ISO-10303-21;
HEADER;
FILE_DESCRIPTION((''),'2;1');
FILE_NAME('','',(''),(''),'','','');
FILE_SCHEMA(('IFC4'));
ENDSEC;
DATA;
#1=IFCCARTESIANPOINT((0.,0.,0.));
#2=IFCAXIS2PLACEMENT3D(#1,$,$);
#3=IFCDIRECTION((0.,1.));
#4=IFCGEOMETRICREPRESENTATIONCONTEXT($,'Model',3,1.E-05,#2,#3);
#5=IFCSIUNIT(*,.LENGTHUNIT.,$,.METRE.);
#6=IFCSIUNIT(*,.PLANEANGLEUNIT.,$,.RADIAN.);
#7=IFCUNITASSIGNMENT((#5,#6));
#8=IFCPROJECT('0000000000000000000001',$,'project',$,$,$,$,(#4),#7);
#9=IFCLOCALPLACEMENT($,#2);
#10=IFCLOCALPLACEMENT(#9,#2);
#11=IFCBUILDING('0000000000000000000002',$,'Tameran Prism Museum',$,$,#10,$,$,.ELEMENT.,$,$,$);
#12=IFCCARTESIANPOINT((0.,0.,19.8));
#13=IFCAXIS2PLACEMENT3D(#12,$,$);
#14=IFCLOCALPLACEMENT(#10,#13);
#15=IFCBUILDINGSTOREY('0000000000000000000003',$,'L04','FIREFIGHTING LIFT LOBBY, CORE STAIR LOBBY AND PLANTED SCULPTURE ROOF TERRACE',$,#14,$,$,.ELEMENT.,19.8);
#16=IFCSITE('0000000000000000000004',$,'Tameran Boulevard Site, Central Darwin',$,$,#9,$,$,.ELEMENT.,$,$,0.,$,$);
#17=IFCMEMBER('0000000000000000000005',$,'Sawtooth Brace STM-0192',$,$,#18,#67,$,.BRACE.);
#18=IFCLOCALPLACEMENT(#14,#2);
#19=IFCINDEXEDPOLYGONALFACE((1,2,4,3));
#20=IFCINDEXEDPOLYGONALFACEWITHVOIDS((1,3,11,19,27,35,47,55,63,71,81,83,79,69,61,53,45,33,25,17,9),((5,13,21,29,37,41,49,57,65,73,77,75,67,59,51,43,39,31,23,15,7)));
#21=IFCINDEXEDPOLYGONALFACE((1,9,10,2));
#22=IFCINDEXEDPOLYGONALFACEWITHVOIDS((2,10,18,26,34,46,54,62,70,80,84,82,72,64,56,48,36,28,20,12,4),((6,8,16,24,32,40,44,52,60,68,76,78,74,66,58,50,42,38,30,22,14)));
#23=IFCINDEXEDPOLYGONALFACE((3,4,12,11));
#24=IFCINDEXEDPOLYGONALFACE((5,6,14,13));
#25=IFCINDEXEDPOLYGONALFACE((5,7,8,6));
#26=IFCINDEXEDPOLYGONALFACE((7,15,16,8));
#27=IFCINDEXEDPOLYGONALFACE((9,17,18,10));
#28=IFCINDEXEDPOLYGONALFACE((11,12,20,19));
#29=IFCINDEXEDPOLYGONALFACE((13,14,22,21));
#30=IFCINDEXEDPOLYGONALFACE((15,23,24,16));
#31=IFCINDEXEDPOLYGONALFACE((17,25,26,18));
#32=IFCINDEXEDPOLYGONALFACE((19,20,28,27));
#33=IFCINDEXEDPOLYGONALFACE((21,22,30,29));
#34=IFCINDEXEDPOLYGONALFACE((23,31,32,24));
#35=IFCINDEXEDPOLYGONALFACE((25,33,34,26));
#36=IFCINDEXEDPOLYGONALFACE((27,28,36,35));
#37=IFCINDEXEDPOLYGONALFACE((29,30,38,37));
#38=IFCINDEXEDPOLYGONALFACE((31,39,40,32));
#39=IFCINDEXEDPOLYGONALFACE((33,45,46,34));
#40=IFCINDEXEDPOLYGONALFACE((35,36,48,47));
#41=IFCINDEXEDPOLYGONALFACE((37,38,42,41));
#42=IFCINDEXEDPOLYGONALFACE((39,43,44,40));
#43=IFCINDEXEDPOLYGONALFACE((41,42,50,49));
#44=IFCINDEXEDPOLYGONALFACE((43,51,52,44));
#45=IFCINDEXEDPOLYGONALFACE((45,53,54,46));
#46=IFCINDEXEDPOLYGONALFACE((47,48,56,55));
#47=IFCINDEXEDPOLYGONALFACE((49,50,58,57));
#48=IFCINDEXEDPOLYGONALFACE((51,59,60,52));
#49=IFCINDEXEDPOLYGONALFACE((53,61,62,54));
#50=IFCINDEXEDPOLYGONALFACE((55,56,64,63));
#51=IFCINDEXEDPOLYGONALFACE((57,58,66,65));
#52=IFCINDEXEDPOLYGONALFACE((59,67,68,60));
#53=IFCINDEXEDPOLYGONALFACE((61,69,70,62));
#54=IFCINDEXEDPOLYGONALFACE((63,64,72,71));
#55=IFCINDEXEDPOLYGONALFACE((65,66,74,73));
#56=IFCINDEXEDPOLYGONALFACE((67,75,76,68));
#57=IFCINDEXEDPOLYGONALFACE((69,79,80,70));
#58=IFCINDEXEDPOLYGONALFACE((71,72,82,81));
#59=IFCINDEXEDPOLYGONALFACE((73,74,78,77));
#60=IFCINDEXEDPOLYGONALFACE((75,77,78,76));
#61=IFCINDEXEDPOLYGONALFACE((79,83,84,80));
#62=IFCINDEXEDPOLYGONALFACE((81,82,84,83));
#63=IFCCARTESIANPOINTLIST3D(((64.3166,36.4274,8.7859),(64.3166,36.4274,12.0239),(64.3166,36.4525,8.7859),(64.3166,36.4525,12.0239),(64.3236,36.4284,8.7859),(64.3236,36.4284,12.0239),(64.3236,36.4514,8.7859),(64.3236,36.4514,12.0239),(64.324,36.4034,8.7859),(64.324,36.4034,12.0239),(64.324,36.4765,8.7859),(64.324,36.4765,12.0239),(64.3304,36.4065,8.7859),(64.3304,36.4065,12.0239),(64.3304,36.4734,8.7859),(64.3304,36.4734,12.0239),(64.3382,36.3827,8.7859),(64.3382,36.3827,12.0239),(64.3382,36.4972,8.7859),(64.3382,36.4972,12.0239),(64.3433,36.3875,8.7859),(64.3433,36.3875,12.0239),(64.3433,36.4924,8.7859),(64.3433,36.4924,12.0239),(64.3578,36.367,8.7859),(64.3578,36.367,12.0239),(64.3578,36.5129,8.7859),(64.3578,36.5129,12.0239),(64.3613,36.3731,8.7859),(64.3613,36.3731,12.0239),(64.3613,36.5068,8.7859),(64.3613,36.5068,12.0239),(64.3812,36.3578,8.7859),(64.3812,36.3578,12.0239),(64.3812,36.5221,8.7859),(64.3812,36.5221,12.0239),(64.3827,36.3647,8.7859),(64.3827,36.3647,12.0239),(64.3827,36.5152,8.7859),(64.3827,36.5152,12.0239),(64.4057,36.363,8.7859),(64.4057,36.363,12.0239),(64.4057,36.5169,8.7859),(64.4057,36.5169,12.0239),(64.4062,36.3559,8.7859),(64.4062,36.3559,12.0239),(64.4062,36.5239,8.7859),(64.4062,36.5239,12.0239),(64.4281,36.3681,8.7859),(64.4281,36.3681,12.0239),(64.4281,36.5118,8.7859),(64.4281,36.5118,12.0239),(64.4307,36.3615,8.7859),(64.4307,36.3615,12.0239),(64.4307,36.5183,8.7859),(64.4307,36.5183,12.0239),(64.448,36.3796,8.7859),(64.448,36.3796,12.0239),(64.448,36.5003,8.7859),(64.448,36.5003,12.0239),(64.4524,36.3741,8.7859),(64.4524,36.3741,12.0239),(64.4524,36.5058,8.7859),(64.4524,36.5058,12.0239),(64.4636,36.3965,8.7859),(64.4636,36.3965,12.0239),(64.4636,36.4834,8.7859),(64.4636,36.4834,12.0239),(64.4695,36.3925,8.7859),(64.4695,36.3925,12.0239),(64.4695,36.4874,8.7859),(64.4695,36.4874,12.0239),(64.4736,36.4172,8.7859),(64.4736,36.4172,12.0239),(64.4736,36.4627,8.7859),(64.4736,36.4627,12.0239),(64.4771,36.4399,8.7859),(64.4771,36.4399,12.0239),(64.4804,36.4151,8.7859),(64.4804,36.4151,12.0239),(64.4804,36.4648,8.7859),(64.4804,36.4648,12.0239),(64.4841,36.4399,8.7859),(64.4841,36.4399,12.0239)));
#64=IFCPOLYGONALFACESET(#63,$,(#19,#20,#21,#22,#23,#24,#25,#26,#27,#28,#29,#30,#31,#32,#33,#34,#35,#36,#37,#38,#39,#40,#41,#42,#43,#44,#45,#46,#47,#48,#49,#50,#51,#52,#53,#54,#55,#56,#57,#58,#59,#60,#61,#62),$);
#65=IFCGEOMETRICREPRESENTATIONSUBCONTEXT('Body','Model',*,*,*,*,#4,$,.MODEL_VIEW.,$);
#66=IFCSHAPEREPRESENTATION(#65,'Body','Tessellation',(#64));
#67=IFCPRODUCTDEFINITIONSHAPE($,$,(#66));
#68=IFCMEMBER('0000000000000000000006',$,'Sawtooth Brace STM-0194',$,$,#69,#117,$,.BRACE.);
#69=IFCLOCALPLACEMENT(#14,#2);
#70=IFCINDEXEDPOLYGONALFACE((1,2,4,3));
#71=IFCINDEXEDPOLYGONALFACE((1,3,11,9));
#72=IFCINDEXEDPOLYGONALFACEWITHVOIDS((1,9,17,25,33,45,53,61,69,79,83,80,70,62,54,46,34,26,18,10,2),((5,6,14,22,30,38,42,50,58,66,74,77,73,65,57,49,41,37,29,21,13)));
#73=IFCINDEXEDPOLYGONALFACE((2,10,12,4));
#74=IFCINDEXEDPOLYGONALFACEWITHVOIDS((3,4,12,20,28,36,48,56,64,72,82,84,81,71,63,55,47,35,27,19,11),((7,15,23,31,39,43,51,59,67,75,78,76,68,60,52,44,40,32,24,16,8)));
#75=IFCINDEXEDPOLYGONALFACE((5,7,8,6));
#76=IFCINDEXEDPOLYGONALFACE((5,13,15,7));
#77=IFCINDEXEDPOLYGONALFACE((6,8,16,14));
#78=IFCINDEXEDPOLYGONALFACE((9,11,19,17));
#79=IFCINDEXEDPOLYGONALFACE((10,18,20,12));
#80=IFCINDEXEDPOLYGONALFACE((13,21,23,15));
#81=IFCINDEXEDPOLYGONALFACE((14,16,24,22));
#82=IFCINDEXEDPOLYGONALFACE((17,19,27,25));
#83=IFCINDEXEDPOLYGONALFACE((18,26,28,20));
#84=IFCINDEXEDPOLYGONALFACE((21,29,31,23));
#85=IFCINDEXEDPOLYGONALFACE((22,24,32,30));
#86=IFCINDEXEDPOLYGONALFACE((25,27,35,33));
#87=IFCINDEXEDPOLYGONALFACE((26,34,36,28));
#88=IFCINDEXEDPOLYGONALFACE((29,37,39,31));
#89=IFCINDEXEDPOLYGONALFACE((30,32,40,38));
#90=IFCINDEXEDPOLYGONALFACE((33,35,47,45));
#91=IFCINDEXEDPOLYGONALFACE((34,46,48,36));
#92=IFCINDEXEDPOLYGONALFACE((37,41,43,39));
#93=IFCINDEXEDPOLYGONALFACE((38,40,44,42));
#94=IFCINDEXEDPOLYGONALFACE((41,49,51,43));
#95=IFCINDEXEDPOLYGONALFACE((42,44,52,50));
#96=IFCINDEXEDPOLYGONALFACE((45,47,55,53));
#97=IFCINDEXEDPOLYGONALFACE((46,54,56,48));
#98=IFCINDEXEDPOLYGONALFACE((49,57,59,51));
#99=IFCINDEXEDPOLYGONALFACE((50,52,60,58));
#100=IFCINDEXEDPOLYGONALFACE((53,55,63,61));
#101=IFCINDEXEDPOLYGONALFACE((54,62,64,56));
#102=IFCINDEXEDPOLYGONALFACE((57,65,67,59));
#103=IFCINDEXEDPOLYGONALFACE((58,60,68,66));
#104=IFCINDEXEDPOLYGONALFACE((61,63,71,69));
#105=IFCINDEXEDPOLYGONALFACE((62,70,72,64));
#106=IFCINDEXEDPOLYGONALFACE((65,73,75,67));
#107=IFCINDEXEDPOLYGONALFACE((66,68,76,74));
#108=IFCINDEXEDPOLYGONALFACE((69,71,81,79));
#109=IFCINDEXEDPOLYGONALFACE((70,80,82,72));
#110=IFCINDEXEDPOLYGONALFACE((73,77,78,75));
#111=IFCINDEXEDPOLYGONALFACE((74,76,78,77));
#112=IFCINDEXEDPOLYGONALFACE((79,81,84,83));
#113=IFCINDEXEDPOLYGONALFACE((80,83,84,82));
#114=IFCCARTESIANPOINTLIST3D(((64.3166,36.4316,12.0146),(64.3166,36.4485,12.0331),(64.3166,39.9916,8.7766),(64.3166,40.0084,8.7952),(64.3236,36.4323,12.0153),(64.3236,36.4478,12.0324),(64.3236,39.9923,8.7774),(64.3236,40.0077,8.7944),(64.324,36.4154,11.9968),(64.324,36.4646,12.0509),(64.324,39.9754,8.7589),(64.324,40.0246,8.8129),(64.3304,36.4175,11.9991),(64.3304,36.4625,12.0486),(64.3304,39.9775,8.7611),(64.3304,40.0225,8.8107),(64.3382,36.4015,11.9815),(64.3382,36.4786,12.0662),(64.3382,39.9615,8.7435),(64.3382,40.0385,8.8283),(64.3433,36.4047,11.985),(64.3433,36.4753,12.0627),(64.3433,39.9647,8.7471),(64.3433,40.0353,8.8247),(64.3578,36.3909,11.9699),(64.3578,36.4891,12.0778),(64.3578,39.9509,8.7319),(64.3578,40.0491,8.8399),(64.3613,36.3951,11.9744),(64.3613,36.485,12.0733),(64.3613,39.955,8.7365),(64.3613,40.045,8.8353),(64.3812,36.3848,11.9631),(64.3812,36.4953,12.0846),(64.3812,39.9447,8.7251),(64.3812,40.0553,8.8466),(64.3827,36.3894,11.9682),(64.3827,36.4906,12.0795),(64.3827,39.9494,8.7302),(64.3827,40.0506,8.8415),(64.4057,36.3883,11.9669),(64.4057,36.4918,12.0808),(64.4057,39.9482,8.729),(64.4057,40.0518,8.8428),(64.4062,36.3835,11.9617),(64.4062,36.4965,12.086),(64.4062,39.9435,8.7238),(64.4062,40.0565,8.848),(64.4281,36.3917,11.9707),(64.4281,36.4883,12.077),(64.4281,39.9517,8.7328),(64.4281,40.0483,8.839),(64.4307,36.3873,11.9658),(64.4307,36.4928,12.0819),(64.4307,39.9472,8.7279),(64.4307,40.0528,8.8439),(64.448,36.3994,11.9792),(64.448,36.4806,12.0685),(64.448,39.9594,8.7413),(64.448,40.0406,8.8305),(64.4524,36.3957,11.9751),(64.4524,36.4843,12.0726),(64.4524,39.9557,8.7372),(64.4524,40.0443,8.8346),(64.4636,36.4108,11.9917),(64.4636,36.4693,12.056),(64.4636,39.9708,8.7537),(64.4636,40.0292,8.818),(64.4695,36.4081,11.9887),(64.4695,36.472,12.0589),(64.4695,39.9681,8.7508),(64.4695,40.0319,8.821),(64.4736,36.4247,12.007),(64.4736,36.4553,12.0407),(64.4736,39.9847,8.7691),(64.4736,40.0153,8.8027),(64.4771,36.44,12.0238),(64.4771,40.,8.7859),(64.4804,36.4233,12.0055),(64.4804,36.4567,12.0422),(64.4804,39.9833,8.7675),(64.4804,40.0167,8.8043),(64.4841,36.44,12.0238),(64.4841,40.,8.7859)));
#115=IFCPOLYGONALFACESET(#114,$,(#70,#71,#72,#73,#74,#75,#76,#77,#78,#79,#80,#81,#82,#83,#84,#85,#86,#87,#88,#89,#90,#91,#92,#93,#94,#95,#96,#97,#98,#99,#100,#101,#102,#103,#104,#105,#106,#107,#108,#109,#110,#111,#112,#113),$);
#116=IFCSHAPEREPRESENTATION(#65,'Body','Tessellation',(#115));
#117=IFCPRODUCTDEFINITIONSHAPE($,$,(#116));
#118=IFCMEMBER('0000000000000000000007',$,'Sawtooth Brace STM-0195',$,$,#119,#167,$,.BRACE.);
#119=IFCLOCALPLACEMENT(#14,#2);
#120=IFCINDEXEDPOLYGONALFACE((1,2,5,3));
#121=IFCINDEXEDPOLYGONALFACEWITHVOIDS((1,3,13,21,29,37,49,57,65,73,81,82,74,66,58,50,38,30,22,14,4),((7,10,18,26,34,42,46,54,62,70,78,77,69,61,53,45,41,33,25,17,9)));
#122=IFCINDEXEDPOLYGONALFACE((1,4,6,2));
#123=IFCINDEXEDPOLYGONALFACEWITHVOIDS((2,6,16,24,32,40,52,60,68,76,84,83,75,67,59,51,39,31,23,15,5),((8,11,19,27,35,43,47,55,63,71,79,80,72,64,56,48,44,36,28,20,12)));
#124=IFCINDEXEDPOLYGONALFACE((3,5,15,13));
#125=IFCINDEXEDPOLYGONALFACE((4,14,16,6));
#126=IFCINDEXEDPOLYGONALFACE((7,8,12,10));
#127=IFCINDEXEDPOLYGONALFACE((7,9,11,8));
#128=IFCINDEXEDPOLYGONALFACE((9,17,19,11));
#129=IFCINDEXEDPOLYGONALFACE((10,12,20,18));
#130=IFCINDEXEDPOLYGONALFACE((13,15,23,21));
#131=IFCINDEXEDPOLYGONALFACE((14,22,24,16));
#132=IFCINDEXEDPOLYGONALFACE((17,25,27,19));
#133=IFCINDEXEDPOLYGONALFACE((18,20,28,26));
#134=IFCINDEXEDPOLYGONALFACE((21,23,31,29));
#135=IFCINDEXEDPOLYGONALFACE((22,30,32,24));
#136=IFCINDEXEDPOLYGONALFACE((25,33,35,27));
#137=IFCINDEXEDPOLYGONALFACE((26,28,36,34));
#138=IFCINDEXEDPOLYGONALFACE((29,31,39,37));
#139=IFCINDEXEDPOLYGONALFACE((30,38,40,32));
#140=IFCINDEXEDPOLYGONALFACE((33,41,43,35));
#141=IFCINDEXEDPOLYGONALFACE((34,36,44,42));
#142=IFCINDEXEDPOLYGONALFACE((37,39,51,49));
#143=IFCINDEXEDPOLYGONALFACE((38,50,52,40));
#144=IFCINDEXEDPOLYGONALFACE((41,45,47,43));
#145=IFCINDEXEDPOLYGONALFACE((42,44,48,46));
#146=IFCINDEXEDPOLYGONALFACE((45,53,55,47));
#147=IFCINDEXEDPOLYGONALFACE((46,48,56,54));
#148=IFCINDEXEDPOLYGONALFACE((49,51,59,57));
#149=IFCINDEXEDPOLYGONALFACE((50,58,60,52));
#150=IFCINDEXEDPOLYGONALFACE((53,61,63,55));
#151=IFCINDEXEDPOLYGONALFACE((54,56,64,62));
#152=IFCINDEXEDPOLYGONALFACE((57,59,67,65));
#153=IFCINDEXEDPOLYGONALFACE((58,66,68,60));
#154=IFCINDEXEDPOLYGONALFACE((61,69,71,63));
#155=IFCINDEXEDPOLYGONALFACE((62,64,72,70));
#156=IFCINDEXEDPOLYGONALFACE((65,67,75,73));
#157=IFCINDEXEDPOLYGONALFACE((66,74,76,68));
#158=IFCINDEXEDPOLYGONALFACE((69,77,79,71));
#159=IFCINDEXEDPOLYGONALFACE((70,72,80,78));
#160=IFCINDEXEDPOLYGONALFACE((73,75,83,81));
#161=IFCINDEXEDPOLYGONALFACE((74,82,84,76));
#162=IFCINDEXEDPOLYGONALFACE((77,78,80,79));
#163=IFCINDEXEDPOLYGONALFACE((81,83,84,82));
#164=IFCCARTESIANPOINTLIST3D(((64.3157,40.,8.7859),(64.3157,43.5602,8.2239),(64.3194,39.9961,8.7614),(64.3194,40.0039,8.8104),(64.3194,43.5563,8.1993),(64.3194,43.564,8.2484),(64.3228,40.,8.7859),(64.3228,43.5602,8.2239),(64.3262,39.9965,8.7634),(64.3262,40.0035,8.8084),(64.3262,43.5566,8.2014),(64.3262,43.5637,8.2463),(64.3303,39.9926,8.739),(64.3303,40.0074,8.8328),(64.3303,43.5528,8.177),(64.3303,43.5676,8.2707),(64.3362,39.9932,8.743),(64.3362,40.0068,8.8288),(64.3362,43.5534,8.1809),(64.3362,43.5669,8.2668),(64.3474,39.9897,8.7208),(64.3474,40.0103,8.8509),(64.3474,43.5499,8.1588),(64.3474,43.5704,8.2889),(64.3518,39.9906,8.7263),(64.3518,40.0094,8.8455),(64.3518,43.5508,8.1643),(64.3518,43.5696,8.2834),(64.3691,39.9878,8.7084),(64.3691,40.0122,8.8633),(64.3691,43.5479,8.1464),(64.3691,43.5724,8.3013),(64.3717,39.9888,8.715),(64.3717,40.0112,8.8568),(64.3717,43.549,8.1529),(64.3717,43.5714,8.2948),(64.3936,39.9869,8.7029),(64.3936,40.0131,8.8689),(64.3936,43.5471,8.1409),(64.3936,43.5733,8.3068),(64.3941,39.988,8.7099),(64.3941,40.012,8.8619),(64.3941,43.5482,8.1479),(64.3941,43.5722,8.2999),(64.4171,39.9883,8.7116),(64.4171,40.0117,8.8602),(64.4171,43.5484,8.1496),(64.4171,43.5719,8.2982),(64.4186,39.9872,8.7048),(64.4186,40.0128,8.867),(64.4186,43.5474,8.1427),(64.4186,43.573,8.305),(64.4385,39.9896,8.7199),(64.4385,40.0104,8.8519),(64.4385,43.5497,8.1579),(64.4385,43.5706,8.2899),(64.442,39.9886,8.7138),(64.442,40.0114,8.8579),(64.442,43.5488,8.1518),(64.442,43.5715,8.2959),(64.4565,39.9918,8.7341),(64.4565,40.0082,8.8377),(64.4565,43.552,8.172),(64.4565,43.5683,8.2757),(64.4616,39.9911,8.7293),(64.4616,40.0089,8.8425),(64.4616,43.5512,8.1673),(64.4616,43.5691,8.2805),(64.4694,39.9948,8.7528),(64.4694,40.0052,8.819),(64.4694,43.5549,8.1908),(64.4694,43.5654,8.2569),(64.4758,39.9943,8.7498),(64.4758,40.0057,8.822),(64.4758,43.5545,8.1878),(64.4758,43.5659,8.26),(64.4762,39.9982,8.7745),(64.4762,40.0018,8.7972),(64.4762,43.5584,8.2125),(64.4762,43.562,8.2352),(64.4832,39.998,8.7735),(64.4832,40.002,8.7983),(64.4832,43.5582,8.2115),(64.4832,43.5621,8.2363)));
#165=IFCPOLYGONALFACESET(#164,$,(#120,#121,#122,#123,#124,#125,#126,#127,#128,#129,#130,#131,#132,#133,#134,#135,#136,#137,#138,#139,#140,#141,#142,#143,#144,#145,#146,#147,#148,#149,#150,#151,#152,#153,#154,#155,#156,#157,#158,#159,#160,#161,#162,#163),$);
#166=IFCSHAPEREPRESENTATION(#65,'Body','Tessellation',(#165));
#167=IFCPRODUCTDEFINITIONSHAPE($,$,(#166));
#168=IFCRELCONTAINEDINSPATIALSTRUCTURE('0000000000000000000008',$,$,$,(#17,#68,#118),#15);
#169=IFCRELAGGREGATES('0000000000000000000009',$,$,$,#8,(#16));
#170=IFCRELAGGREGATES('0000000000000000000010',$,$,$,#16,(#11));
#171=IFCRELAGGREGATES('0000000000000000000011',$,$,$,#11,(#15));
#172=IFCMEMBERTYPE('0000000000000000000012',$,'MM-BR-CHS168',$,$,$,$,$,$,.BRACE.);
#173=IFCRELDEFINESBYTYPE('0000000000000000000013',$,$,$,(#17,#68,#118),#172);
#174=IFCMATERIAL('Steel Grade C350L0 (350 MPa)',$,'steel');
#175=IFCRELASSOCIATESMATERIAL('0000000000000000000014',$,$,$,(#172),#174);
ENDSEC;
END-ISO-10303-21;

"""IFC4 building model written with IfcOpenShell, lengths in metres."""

from ifc_helpers import new_model, si_unit, direction, frame, origin, origin_2d, place, context, subcontext, project, spatial, hollow_circle, extrude, material, material_profile, profile_set, type_object, element, save


model = new_model("IFC4")

# Units and contexts
model_context = context("Model", 3, precision=1e-05, world=origin(), true_north=direction((0.0, 1.0)))
body_context = subcontext(model_context, "Body", "Model", "MODEL_VIEW")
ifc_project = project(units=[si_unit("LENGTHUNIT", "METRE"), si_unit("PLANEANGLEUNIT", "RADIAN")], contexts=[model_context])

# Site, building, storey
site_placement = place(None, origin())
site = spatial("IfcSite", under=ifc_project, at=site_placement, Name="Tameran Boulevard Site, Central Darwin", CompositionType="ELEMENT", RefElevation=0.0)
building_placement = place(site_placement, origin())
building = spatial("IfcBuilding", under=site, at=building_placement, Name="Tameran Prism Museum", CompositionType="ELEMENT")
storey_placement = place(building_placement, frame((0.0, 0.0, 19.8)))
storey = spatial("IfcBuildingStorey", under=building, at=storey_placement, Name="L04", Description="FIREFIGHTING LIFT LOBBY, CORE STAIR LOBBY AND PLANTED SCULPTURE ROOF TERRACE", CompositionType="ELEMENT", Elevation=19.8)

# Members
ifc_material_1 = material(Name="Steel Grade C350L0 (350 MPa)", Category="steel")
ifc_material_profile_1 = material_profile(ifc_material_1, hollow_circle(Radius=0.0842, WallThickness=0.0071, at=origin_2d()))
ifc_profile_set_1 = profile_set([ifc_material_profile_1])
member_type_1 = type_object("IfcMemberType", Name="MM-BR-CHS168", PredefinedType="BRACE", material=ifc_profile_set_1)
member_1_placement = place(storey_placement, frame((64.3999, 36.4399, 8.7859), z_axis=(0.0, 0.0, 1.0), x_axis=(1.0, 0.0, 0.0)))
element("IfcMember", 1, at=member_1_placement, inside=storey, type_object=member_type_1, Name="Sawtooth Brace STM-0192", PredefinedType="BRACE", context=body_context, shape_type="SweptSolid", body=[
    extrude(hollow_circle(Radius=0.0842, WallThickness=0.0071, at=origin_2d()), origin(), (0.0, 0.0, 1.0), 3.238),
])
member_2_placement = place(storey_placement, frame((64.3999, 40.0, 8.7859), z_axis=(0.0, -0.739772, 0.672857), x_axis=(1.0, 0.0, 0.0)))
element("IfcMember", 2, at=member_2_placement, inside=storey, type_object=member_type_1, Name="Sawtooth Brace STM-0194", PredefinedType="BRACE", context=body_context, shape_type="SweptSolid", body=[
    extrude(hollow_circle(Radius=0.0842, WallThickness=0.0071, at=origin_2d()), origin(), (0.0, 0.0, 1.0), 4.8123),
])
member_3_placement = place(storey_placement, frame((64.3999, 40.0, 8.7859), z_axis=(0.0, 0.987767, -0.155935), x_axis=(-1.0, 0.0, 0.0)))
element("IfcMember", 3, at=member_3_placement, inside=storey, type_object=member_type_1, Name="Sawtooth Brace STM-0195", PredefinedType="BRACE", context=body_context, shape_type="SweptSolid", body=[
    extrude(hollow_circle(Radius=0.0842, WallThickness=0.0071, at=origin_2d()), origin(), (0.0, 0.0, 1.0), 3.6042),
])

save(model, "model.ifc")
